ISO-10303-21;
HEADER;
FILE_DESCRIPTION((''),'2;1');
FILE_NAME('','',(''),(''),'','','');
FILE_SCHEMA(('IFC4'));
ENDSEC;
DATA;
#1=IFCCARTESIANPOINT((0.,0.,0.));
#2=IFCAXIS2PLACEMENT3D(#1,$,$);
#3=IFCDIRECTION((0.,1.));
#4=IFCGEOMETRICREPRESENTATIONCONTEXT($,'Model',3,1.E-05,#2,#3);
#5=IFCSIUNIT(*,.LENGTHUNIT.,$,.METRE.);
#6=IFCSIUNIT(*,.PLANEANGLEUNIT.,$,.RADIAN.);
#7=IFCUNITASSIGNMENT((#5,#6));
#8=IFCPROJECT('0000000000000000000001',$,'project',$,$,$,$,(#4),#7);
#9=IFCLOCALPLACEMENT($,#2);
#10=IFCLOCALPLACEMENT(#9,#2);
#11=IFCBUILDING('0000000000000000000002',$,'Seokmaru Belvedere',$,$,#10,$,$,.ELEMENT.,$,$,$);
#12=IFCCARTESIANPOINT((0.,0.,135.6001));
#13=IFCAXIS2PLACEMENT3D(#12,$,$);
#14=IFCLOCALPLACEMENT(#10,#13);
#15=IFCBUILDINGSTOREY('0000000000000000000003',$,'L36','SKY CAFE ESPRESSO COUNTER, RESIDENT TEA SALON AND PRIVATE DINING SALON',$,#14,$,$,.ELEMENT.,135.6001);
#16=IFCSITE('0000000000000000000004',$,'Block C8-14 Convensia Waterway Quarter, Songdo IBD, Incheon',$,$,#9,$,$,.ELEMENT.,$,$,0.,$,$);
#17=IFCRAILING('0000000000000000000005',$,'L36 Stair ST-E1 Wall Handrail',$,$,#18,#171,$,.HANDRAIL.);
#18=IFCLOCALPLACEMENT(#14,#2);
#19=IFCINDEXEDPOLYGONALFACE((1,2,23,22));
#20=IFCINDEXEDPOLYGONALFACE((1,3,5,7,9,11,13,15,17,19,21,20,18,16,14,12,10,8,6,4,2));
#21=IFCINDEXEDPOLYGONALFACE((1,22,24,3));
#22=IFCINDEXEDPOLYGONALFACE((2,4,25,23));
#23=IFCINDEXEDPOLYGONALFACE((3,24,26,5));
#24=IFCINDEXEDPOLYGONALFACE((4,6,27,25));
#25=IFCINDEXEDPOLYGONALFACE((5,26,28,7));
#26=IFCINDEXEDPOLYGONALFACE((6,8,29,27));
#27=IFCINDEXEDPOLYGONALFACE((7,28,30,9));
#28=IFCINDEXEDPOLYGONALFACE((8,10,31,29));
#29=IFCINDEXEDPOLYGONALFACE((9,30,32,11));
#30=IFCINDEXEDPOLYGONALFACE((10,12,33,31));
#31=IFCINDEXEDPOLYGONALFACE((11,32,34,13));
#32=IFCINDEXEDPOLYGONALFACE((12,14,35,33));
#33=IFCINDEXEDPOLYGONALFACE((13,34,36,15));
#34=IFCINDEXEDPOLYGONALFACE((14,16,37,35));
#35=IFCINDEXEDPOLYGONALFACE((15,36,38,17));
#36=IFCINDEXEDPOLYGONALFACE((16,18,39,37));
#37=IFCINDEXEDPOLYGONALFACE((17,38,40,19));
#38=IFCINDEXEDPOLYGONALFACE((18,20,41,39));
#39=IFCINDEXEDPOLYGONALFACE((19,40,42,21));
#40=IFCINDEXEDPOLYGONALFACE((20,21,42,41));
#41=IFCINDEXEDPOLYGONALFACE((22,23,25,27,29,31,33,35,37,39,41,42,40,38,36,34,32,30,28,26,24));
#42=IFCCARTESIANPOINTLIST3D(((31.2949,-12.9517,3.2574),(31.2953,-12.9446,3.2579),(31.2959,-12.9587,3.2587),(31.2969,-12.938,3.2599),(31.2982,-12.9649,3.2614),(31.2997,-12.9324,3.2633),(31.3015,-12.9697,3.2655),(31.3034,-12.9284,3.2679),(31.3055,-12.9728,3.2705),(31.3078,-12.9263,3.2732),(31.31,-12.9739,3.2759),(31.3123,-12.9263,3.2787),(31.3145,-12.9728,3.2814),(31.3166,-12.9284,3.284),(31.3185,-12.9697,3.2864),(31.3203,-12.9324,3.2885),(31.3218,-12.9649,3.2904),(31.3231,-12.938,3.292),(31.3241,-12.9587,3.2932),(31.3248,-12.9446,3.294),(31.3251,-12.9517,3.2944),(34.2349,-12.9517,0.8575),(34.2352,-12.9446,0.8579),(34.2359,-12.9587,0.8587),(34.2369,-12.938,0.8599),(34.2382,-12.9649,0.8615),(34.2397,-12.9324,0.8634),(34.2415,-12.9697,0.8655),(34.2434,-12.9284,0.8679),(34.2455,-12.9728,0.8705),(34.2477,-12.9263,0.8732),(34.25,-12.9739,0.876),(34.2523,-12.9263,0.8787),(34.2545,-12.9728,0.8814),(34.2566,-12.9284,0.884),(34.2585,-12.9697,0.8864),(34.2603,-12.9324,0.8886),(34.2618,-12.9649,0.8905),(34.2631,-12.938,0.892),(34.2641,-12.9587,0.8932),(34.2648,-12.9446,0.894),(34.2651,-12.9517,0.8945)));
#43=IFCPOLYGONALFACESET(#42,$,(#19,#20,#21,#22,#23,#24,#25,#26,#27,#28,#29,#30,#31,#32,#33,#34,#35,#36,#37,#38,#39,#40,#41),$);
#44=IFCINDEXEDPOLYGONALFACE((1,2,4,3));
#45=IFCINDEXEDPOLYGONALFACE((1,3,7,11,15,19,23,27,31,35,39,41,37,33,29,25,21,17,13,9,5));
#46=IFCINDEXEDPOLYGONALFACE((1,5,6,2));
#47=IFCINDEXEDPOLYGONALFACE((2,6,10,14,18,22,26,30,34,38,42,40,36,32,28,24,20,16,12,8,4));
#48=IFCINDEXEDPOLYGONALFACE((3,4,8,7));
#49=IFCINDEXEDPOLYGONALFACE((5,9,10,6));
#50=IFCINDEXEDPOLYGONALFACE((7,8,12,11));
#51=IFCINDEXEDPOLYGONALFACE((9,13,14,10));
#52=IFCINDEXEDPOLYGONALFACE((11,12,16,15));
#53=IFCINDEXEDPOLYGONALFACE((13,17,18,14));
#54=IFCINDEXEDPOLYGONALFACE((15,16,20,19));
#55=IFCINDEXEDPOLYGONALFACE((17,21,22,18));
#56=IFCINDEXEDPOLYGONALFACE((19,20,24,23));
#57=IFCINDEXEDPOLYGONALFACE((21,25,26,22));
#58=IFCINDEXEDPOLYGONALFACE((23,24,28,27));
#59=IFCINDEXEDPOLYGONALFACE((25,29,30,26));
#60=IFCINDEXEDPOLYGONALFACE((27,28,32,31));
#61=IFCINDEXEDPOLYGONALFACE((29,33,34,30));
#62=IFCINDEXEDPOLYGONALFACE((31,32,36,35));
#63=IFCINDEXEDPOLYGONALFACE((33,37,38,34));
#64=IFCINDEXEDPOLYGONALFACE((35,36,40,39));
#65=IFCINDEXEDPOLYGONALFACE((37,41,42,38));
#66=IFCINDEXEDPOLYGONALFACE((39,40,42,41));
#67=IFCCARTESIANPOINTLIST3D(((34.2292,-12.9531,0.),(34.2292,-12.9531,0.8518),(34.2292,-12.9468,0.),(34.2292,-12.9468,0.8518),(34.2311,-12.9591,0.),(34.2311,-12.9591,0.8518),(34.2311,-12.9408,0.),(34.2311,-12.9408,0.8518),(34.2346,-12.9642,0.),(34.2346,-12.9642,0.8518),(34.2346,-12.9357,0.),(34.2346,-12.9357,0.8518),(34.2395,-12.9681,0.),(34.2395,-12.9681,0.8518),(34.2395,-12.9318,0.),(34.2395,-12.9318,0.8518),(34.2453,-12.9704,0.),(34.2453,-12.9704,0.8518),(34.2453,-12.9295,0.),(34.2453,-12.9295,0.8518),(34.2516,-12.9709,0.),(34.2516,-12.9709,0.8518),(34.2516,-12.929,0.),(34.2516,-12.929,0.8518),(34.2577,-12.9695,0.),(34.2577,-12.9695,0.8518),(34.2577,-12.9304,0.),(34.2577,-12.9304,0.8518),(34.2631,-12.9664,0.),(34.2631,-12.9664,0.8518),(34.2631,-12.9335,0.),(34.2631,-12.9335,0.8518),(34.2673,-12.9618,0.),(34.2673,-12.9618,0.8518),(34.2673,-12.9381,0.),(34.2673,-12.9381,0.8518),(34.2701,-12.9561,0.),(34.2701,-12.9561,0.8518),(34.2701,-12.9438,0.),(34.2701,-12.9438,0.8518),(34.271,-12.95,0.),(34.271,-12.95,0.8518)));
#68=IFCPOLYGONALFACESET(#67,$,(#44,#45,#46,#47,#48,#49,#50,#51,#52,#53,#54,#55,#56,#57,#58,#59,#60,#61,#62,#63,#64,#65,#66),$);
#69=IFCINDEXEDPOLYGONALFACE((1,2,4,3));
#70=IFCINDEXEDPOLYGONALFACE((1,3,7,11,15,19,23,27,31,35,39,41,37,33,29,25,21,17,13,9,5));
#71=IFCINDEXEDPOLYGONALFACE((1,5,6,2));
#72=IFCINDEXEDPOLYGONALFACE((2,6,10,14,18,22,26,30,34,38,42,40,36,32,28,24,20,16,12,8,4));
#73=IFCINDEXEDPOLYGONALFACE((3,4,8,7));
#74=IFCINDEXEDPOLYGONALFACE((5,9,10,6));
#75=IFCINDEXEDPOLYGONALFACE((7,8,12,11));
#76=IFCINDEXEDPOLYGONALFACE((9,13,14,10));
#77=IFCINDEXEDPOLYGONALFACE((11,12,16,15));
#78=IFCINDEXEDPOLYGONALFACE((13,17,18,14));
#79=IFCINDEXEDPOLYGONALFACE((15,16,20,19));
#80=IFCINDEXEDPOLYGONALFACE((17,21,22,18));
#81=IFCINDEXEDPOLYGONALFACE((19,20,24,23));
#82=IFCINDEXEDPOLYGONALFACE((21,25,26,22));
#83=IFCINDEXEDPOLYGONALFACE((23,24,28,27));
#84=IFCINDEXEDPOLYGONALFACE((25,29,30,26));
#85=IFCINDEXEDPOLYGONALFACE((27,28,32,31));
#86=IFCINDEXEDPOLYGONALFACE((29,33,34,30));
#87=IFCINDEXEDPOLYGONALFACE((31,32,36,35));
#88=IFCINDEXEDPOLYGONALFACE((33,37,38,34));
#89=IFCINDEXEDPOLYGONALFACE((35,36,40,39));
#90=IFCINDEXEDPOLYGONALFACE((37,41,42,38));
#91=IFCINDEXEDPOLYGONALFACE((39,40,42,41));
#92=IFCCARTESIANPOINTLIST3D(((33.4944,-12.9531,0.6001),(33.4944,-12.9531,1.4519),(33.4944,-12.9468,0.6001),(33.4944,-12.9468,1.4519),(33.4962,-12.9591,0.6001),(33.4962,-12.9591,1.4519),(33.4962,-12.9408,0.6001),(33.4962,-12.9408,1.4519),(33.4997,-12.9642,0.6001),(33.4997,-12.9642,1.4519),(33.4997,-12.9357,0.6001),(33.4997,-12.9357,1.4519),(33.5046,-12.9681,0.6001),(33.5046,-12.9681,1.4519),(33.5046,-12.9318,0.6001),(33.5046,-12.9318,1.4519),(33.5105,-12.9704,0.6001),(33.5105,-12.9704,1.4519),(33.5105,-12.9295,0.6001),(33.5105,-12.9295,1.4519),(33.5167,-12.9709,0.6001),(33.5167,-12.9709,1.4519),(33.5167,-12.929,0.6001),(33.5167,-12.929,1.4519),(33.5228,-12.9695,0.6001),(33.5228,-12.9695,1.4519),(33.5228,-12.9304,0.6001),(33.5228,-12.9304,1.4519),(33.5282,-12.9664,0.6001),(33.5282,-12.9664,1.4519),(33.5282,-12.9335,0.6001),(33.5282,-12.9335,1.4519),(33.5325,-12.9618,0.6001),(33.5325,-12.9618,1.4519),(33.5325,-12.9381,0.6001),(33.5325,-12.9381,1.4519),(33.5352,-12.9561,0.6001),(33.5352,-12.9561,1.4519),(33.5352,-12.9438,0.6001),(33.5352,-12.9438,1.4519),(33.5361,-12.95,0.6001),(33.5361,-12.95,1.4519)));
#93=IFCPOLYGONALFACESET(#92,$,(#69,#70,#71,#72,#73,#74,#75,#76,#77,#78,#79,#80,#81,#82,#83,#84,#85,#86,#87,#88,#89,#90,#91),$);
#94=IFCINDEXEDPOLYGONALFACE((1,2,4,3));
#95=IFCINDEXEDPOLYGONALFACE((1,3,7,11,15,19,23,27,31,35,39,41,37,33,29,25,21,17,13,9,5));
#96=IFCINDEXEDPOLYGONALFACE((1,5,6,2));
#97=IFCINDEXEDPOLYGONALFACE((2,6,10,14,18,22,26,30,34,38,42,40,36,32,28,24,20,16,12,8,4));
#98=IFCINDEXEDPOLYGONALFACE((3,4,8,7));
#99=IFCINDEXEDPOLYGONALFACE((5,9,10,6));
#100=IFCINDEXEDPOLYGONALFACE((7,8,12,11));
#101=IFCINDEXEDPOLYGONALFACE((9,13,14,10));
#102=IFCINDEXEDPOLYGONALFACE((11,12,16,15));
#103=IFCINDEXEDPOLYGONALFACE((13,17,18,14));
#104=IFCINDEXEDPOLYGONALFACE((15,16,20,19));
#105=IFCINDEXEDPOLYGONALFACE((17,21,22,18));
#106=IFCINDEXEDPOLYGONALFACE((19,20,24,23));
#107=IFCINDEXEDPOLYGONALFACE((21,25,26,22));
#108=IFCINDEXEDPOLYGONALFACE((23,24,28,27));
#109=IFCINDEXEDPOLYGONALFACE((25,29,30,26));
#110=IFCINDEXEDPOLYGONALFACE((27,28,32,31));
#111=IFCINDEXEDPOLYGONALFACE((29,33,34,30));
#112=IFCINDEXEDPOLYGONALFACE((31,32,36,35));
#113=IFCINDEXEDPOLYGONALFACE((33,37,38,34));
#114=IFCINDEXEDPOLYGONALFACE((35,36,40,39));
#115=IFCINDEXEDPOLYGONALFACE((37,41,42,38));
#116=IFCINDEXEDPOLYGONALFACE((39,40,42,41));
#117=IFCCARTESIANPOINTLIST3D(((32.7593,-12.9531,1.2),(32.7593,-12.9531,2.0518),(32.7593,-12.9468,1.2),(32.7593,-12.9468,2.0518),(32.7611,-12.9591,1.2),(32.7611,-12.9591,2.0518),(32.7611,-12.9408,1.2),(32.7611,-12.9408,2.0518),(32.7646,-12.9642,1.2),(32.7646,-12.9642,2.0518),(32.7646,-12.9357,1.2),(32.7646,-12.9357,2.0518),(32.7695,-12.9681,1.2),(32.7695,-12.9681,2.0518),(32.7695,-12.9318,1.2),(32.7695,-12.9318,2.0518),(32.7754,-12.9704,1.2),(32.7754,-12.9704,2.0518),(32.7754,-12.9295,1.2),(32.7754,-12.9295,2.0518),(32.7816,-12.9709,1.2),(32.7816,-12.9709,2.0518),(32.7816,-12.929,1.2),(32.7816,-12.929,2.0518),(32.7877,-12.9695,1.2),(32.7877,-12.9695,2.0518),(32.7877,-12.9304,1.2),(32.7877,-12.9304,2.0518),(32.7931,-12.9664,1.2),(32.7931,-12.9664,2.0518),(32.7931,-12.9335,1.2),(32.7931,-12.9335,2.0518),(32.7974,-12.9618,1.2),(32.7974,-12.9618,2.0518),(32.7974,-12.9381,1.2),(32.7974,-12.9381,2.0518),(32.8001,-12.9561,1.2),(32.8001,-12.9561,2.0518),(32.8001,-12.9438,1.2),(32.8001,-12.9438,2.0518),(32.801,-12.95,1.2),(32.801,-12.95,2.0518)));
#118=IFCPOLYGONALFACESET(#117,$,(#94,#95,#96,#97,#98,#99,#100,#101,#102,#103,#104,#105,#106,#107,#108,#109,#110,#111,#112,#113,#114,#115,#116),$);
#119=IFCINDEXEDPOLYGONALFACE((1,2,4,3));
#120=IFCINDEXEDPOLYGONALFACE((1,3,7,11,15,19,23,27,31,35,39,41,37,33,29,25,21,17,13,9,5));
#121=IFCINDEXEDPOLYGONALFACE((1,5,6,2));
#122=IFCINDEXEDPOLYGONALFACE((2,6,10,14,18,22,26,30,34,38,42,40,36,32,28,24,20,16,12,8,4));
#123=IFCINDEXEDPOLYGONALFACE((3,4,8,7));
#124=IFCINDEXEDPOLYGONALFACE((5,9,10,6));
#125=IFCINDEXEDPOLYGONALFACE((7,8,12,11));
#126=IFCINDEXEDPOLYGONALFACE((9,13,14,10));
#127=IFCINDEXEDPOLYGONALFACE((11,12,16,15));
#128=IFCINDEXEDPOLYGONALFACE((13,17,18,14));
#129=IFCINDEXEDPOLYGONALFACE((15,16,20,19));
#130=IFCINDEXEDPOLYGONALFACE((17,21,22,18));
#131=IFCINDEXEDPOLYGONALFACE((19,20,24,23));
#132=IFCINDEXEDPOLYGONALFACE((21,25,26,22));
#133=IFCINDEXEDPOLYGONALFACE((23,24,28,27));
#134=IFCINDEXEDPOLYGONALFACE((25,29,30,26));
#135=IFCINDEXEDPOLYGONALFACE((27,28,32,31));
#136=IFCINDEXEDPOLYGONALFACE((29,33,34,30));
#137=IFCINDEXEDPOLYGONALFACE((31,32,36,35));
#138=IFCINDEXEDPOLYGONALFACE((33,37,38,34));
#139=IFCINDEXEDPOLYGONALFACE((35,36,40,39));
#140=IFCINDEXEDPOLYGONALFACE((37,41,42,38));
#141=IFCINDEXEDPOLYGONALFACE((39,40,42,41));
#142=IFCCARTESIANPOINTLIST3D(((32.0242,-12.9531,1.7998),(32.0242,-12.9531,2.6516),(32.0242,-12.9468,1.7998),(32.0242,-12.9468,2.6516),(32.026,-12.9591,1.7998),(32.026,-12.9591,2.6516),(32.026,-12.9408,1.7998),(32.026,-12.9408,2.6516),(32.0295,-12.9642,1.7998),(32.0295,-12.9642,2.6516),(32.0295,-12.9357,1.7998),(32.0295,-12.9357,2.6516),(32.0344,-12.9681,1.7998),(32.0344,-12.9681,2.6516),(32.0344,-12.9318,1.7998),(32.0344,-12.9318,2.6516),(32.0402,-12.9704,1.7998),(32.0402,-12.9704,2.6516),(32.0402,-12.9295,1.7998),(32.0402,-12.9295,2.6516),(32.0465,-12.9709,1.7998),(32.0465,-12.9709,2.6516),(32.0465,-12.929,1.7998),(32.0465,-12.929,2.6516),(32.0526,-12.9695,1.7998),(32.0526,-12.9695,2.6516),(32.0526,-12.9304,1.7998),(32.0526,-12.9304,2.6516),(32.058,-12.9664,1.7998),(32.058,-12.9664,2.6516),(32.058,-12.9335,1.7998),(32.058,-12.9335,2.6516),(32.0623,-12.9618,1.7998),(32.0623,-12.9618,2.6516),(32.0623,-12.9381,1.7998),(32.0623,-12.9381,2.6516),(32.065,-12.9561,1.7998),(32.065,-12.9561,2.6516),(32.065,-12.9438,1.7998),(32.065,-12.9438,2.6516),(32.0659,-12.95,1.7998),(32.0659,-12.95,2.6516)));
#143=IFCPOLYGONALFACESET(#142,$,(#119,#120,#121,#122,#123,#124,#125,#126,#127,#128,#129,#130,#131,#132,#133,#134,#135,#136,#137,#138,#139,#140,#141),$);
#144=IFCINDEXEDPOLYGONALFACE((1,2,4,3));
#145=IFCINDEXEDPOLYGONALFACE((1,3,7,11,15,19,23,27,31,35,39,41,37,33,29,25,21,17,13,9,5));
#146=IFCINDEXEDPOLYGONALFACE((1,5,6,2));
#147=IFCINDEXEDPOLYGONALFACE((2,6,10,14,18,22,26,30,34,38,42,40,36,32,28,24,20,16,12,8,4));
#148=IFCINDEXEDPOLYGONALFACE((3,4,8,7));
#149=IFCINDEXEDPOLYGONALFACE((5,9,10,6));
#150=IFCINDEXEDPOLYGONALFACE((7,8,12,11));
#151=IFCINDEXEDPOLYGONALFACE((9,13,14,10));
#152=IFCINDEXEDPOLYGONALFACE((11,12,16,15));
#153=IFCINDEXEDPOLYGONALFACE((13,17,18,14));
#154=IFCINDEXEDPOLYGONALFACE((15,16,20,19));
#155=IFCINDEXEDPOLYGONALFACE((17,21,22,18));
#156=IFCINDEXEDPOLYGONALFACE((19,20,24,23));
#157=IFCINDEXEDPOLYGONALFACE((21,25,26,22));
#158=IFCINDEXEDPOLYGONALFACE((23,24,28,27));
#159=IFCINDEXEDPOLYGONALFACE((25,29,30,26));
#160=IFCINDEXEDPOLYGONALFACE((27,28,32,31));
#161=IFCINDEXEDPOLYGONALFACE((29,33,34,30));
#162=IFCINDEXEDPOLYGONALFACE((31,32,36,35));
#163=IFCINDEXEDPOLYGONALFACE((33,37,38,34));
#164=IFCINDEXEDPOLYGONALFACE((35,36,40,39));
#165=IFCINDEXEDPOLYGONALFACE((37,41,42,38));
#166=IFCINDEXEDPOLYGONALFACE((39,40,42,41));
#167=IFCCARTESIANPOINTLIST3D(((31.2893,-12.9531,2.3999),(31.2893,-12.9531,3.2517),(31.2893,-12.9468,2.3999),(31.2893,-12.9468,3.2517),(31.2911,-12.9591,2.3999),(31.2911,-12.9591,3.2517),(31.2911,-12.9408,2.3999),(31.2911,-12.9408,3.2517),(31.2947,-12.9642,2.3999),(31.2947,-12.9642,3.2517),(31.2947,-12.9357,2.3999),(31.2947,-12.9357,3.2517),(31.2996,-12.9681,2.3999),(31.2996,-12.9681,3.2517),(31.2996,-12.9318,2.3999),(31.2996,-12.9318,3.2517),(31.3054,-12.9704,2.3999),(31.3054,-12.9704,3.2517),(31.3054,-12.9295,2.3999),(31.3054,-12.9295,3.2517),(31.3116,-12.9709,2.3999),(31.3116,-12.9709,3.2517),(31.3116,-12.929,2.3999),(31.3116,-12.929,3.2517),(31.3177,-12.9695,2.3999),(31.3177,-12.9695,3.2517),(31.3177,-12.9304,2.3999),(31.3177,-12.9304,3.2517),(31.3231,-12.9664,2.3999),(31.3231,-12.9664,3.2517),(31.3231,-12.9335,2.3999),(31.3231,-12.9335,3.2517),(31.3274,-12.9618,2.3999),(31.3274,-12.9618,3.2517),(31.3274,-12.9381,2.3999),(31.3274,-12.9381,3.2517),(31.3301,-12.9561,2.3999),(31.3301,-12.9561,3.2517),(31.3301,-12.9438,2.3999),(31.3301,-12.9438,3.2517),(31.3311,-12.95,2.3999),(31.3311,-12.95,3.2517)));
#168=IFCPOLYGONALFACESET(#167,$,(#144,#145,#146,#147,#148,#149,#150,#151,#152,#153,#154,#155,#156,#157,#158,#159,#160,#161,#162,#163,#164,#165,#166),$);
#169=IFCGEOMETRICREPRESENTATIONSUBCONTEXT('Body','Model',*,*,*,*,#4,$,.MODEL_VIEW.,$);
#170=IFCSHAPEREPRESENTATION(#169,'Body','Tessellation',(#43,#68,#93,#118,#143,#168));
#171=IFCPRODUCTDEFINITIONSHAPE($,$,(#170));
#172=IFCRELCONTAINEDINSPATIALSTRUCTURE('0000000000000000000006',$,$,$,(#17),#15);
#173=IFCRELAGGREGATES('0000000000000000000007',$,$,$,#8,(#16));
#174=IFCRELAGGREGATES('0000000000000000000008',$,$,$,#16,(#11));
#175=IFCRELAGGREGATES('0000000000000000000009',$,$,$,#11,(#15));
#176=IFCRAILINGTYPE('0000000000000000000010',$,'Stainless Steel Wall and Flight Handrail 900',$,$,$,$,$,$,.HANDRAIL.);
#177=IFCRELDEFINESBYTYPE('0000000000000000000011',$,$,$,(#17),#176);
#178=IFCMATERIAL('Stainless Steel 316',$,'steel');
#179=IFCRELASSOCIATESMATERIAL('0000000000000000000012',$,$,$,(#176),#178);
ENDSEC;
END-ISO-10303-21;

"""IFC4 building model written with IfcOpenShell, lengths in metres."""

from ifc_helpers import new_model, si_unit, direction, frame, origin, origin_2d, place, context, subcontext, project, spatial, circle, extrude, material, type_object, element, save


model = new_model("IFC4")

# Units and contexts
model_context = context("Model", 3, precision=1e-05, world=origin(), true_north=direction((0.0, 1.0)))
body_context = subcontext(model_context, "Body", "Model", "MODEL_VIEW")
ifc_project = project(units=[si_unit("LENGTHUNIT", "METRE"), si_unit("PLANEANGLEUNIT", "RADIAN")], contexts=[model_context])

# Site, building, storey
site_placement = place(None, origin())
site = spatial("IfcSite", under=ifc_project, at=site_placement, Name="Block C8-14 Convensia Waterway Quarter, Songdo IBD, Incheon", CompositionType="ELEMENT", RefElevation=0.0)
building_placement = place(site_placement, origin())
building = spatial("IfcBuilding", under=site, at=building_placement, Name="Seokmaru Belvedere", CompositionType="ELEMENT")
storey_placement = place(building_placement, frame((0.0, 0.0, 135.6001)))
storey = spatial("IfcBuildingStorey", under=building, at=storey_placement, Name="L36", Description="SKY CAFE ESPRESSO COUNTER, RESIDENT TEA SALON AND PRIVATE DINING SALON", CompositionType="ELEMENT", Elevation=135.6001)

# Shared definitions
ifc_material_1 = material(Name="Stainless Steel 316", Category="steel")

# Railing
railing_type_1 = type_object("IfcRailingType", Name="Stainless Steel Wall and Flight Handrail 900", PredefinedType="HANDRAIL", material=ifc_material_1)
railing_1_placement = place(storey_placement, frame((34.25, -12.95, 0.0)))
element("IfcRailing", 1, at=railing_1_placement, inside=storey, type_object=railing_type_1, Name="L36 Stair ST-E1 Wall Handrail", PredefinedType="HANDRAIL", context=body_context, shape_type="SweptSolid", body=[
    extrude(circle(Radius=0.0239, at=origin_2d()), frame((0.0, 0.0, 0.876), z_axis=(-0.774668, 0.0, 0.632369), x_axis=(0.0, -1.0, 0.0)), (0.0, 0.0, 1.0), 3.7952),
    extrude(circle(Radius=0.021, at=origin_2d()), origin(), (0.0, 0.0, 1.0), 0.8518),
    extrude(circle(Radius=0.021, at=origin_2d()), frame((-0.7349, 0.0, 0.6001)), (0.0, 0.0, 1.0), 0.8518),
    extrude(circle(Radius=0.021, at=origin_2d()), frame((-1.47, 0.0, 1.2)), (0.0, 0.0, 1.0), 0.8518),
    extrude(circle(Radius=0.021, at=origin_2d()), frame((-2.2051, 0.0, 1.7998)), (0.0, 0.0, 1.0), 0.8518),
    extrude(circle(Radius=0.021, at=origin_2d()), frame((-2.9399, 0.0, 2.3999)), (0.0, 0.0, 1.0), 0.8518),
])

save(model, "model.ifc")
